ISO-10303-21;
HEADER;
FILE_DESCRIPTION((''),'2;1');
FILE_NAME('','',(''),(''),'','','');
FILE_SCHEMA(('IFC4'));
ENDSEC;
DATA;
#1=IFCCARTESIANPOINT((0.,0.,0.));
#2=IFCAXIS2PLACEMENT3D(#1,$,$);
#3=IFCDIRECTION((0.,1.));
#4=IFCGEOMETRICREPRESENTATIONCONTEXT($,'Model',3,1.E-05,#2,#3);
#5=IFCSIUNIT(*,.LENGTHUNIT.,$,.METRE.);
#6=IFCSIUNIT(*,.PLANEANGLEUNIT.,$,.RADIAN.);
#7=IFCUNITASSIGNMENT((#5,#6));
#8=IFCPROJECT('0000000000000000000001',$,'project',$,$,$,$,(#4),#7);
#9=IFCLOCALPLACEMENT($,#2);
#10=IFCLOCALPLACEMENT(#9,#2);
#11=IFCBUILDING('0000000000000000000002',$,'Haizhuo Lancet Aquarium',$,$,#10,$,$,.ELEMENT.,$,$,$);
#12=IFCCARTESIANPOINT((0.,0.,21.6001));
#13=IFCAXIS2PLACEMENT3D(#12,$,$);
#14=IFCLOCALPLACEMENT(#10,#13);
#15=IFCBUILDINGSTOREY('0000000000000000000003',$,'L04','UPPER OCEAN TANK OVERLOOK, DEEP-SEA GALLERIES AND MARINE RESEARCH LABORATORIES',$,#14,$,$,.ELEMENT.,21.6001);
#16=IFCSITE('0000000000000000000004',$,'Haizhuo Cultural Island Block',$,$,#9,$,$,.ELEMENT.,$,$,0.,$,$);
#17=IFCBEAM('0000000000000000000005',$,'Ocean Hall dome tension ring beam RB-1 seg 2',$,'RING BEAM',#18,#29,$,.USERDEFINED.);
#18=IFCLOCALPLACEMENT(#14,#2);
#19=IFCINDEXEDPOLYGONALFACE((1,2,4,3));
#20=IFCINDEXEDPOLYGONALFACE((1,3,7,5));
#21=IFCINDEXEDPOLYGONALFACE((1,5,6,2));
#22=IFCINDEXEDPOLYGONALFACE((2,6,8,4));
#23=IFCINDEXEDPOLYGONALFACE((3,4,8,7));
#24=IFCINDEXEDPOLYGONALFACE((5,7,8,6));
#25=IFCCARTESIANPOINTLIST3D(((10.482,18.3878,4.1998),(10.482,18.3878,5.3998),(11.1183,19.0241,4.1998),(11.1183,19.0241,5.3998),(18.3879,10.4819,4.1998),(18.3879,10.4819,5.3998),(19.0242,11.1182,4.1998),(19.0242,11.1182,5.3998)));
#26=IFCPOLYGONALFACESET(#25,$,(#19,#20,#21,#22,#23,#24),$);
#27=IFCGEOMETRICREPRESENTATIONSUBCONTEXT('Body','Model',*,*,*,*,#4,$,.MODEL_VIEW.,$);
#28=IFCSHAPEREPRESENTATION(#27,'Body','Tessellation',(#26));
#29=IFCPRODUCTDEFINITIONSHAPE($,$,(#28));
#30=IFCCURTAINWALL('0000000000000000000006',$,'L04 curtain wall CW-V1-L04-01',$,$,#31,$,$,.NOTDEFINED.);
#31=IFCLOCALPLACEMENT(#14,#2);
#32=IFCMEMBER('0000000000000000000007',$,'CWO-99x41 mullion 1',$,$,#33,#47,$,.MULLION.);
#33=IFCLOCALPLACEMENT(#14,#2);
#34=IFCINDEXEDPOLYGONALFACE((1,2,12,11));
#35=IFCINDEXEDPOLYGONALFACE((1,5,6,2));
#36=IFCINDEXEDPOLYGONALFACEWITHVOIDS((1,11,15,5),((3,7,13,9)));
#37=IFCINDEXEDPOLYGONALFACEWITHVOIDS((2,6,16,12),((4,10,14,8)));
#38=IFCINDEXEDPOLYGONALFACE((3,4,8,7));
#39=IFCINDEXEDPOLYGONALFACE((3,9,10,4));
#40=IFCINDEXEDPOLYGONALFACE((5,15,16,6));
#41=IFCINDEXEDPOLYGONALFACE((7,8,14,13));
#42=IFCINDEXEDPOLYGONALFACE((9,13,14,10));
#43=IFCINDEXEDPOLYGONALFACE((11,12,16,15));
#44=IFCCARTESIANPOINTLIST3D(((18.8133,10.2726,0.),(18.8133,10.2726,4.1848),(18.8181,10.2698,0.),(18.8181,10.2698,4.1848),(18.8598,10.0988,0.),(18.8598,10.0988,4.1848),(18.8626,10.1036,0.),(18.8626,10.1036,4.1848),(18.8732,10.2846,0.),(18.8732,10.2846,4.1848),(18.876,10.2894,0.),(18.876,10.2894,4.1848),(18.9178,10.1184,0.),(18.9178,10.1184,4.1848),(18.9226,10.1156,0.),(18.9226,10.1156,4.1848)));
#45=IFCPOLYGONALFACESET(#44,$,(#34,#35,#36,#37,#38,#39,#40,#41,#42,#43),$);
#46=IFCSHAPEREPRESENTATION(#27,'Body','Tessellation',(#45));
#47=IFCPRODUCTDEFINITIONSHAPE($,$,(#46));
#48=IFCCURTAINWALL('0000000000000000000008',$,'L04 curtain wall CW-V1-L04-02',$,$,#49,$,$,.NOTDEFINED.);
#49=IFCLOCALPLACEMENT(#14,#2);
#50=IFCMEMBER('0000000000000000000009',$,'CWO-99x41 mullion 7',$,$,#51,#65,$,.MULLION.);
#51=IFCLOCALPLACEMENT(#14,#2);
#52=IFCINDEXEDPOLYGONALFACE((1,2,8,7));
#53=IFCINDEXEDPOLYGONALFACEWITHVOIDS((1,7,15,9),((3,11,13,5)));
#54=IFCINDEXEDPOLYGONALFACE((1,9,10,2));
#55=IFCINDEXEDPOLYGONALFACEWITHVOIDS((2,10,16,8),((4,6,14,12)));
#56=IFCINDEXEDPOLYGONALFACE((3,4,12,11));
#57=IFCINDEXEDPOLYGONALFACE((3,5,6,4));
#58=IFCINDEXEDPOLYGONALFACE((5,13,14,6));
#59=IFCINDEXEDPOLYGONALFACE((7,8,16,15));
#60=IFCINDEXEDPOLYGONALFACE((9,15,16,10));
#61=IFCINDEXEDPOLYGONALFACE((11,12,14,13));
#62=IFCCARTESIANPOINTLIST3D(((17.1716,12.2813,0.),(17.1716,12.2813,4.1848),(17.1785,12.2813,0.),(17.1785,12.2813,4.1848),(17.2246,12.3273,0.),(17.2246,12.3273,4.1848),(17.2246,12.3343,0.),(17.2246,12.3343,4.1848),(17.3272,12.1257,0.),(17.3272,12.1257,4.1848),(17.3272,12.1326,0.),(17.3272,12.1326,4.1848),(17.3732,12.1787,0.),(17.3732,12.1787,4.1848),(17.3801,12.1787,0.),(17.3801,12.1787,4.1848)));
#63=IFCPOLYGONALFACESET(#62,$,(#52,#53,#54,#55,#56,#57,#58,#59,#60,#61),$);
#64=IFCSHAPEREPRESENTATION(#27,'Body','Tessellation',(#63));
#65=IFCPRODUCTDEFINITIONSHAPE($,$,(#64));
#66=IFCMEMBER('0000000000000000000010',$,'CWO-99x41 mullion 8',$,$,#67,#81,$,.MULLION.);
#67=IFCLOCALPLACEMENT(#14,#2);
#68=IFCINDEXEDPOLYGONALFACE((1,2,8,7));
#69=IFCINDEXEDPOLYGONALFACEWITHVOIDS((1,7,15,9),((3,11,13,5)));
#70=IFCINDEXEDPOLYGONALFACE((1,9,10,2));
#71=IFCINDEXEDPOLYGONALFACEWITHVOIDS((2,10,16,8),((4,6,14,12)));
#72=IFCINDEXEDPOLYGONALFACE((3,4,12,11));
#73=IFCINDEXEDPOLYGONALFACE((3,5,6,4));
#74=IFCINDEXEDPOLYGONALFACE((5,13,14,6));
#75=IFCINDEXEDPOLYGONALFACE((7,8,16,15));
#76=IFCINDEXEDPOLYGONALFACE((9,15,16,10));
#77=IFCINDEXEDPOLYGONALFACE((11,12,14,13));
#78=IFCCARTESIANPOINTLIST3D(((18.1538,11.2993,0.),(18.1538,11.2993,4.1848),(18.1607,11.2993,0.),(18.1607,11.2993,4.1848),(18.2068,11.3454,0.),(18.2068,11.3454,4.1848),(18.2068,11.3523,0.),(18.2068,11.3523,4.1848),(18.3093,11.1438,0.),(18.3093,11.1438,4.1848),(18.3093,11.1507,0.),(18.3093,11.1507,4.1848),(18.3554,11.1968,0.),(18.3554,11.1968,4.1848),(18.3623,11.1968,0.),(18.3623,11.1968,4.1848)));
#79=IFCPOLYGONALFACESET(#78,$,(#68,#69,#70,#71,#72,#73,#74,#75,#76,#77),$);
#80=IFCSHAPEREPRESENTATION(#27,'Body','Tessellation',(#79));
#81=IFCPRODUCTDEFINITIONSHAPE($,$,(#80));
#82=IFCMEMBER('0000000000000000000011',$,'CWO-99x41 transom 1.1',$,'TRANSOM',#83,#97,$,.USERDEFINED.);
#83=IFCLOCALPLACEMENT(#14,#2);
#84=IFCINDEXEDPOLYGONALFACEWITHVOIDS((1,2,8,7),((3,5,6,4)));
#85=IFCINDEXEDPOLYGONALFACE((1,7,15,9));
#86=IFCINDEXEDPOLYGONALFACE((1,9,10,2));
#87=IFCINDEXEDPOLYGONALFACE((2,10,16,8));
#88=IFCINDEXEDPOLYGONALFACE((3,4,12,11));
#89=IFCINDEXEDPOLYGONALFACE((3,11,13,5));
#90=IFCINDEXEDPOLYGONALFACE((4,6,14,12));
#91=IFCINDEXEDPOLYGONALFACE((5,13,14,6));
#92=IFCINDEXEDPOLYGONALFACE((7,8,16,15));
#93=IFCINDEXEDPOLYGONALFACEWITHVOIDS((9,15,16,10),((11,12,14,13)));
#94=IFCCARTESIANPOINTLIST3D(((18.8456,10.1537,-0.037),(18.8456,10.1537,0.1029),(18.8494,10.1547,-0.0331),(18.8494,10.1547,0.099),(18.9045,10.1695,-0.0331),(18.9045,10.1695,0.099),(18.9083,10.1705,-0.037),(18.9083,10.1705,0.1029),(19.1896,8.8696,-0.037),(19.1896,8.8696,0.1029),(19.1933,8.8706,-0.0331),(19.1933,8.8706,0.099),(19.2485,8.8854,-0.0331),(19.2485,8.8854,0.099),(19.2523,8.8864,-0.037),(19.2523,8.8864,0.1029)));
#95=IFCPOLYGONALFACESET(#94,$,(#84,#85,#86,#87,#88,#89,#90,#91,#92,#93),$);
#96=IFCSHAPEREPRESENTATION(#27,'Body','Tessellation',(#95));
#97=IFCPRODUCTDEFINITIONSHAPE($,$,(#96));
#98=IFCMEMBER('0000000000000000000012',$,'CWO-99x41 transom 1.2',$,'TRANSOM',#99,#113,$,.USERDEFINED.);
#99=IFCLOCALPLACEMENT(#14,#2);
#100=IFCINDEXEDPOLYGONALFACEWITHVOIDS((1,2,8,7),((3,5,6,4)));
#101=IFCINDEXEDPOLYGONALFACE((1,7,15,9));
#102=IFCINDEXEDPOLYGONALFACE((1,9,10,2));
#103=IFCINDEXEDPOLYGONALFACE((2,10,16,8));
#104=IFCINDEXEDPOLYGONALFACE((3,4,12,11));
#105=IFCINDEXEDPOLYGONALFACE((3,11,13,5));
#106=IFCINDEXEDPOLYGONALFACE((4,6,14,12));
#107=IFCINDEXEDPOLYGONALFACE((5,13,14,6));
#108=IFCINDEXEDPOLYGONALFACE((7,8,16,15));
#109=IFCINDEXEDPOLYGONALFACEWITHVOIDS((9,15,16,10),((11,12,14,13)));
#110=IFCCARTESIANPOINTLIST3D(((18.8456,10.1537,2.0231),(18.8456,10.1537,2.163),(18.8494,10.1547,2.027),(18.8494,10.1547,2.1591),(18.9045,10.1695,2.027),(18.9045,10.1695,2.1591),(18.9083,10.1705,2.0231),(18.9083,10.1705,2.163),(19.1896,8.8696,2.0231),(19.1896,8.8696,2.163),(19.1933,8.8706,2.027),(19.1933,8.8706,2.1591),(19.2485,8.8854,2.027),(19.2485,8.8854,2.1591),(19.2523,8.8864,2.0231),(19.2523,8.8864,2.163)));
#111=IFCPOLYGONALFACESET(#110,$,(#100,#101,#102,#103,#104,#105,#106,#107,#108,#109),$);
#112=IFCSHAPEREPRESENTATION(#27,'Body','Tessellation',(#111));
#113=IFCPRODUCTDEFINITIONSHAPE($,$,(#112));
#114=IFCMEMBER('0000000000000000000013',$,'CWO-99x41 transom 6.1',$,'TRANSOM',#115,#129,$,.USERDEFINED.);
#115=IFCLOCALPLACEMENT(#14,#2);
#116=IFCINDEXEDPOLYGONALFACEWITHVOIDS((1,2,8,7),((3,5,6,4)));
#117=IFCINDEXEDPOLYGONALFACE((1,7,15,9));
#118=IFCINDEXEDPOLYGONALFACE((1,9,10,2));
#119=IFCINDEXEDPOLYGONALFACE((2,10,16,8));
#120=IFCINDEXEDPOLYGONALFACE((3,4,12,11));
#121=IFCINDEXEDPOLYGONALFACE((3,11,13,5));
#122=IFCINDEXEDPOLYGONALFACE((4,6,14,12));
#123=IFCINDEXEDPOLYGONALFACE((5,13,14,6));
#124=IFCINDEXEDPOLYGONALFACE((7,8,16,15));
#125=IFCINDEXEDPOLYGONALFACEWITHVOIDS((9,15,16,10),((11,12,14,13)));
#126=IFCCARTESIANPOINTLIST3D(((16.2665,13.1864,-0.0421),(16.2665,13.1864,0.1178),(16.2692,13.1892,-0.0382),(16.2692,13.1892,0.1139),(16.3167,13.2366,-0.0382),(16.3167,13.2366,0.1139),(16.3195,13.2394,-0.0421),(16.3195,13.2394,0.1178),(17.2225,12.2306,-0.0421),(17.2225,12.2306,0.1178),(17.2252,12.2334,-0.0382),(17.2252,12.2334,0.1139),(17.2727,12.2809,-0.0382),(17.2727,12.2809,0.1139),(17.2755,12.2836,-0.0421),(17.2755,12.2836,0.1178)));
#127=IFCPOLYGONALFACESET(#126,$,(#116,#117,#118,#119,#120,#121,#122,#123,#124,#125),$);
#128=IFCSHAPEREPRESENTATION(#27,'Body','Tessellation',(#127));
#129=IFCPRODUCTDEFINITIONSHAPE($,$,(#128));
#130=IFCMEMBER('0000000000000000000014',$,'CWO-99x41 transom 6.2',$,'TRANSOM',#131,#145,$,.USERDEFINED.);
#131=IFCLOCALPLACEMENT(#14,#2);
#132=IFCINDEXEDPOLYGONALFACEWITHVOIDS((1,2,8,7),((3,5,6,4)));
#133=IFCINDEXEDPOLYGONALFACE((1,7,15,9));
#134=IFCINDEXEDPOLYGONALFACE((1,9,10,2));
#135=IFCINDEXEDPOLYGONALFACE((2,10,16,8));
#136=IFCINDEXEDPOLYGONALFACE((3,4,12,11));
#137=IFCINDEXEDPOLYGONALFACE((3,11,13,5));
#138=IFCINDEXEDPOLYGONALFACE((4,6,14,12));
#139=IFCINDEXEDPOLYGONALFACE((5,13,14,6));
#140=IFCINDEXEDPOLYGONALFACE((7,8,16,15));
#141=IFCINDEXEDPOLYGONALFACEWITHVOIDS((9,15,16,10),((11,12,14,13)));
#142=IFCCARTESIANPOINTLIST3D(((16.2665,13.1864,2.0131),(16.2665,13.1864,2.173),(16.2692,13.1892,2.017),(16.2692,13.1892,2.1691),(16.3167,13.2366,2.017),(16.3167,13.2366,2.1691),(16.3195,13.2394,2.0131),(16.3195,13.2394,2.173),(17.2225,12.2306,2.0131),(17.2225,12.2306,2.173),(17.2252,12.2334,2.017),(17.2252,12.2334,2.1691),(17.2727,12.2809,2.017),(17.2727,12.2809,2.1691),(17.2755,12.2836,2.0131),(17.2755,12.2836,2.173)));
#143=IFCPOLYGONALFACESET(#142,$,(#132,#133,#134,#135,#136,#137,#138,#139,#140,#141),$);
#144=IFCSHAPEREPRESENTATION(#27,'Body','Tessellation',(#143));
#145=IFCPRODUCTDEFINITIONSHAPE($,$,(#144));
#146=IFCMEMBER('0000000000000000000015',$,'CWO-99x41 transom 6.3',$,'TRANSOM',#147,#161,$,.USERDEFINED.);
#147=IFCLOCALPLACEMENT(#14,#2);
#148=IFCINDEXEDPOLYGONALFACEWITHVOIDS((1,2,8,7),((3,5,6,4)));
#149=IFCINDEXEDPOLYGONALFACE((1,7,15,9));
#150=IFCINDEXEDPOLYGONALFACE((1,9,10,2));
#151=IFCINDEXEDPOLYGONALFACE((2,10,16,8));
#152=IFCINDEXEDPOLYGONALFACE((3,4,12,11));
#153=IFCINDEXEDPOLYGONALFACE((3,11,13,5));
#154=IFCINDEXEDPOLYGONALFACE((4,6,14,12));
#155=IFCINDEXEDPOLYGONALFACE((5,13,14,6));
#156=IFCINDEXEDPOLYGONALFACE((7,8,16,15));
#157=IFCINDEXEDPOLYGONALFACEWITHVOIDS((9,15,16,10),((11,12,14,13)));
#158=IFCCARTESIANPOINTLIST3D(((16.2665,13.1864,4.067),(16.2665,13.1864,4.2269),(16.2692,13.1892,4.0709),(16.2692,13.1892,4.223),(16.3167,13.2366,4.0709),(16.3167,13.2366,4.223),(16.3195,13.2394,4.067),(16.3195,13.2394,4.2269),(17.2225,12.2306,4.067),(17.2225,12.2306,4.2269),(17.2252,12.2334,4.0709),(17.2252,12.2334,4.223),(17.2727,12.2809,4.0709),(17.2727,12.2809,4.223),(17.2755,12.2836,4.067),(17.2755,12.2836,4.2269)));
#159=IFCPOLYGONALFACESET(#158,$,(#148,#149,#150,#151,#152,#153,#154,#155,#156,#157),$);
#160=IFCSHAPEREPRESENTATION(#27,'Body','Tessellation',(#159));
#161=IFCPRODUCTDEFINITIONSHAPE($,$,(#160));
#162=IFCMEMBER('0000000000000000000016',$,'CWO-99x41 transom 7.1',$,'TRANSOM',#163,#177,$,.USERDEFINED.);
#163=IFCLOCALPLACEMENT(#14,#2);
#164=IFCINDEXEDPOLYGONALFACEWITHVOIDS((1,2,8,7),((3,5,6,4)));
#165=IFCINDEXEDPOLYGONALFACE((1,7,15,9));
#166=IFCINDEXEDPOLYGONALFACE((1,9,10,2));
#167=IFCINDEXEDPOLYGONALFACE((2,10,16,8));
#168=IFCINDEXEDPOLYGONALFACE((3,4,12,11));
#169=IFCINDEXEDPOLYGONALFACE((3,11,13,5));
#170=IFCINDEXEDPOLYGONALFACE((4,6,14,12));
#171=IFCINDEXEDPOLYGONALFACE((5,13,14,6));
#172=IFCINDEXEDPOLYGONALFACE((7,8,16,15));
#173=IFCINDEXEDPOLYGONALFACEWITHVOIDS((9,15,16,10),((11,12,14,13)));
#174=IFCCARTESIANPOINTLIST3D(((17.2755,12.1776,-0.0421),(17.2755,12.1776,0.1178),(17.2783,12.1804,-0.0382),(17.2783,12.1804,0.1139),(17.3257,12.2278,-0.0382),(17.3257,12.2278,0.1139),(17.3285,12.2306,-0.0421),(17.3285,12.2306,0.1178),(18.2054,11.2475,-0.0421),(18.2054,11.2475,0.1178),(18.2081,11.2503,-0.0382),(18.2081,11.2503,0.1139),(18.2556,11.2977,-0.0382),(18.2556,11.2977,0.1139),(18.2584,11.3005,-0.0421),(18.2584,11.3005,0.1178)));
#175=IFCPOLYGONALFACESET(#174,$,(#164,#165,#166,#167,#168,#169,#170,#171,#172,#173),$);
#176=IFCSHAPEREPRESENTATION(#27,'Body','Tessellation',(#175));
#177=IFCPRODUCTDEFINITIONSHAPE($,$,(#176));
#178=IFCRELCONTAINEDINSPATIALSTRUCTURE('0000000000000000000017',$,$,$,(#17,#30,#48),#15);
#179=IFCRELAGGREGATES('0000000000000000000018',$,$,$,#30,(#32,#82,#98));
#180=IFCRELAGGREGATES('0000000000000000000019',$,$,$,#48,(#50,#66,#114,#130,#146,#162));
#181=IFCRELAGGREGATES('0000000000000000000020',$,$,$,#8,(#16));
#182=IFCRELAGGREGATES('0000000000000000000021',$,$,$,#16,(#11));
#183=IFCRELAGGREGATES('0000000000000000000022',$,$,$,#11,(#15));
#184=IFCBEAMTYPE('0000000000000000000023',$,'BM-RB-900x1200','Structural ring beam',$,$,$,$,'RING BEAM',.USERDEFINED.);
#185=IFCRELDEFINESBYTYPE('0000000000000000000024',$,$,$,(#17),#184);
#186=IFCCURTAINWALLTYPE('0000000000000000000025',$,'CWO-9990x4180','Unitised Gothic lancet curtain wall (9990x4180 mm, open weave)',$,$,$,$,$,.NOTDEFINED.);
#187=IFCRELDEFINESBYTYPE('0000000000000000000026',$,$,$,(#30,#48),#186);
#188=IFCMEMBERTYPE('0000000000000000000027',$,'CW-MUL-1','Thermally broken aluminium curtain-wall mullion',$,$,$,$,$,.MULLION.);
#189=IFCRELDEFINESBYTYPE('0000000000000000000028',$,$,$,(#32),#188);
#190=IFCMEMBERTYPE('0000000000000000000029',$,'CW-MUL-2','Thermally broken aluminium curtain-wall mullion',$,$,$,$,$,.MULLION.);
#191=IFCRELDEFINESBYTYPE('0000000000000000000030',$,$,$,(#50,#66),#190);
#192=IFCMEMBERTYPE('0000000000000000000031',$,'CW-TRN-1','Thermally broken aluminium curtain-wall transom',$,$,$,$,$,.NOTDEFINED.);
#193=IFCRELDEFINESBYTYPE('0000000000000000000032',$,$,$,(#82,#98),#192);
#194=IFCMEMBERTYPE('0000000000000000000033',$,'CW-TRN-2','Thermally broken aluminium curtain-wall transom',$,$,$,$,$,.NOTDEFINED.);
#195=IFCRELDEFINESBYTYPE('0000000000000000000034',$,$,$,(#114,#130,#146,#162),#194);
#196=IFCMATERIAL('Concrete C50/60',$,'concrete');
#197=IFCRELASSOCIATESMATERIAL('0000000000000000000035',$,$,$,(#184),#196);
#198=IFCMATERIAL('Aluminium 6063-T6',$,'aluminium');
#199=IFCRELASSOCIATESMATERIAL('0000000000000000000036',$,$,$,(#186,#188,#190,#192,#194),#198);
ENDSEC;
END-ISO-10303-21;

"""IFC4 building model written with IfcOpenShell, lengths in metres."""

from ifc_helpers import new_model, si_unit, direction, frame, origin, origin_2d, place, context, subcontext, project, spatial, rectangle, hollow_rectangle, extrude, material, material_profile, profile_set, type_object, element, aggregate, save


model = new_model("IFC4")

# Units and contexts
model_context = context("Model", 3, precision=1e-05, world=origin(), true_north=direction((0.0, 1.0)))
body_context = subcontext(model_context, "Body", "Model", "MODEL_VIEW")
ifc_project = project(units=[si_unit("LENGTHUNIT", "METRE"), si_unit("PLANEANGLEUNIT", "RADIAN")], contexts=[model_context])

# Site, building, storey
site_placement = place(None, origin())
site = spatial("IfcSite", under=ifc_project, at=site_placement, Name="Haizhuo Cultural Island Block", CompositionType="ELEMENT", RefElevation=0.0)
building_placement = place(site_placement, origin())
building = spatial("IfcBuilding", under=site, at=building_placement, Name="Haizhuo Lancet Aquarium", CompositionType="ELEMENT")
storey_placement = place(building_placement, frame((0.0, 0.0, 21.6001)))
storey = spatial("IfcBuildingStorey", under=building, at=storey_placement, Name="L04", Description="UPPER OCEAN TANK OVERLOOK, DEEP-SEA GALLERIES AND MARINE RESEARCH LABORATORIES", CompositionType="ELEMENT", Elevation=21.6001)

# Shared definitions
ifc_material_1 = material(Name="Concrete C50/60", Category="concrete")

# Beam
ifc_material_profile_1 = material_profile(ifc_material_1, rectangle(XDim=0.8999, YDim=1.2, at=origin_2d()), Name="RC-RB 900x1200")
ifc_profile_set_1 = profile_set([ifc_material_profile_1], Name="Concrete C50/60")
beam_type = type_object("IfcBeamType", Name="BM-RB-900x1200", Description="Structural ring beam", ElementType="RING BEAM", PredefinedType="USERDEFINED", material=ifc_profile_set_1)
beam_placement = place(storey_placement, frame((18.7061, 10.8, 4.7998), z_axis=(-0.707107, 0.707107, 0.0), x_axis=(-0.707107, -0.707107, 0.0)))
element("IfcBeam", 1, at=beam_placement, inside=storey, type_object=beam_type, Name="Ocean Hall dome tension ring beam RB-1 seg 2", ObjectType="RING BEAM", PredefinedType="USERDEFINED", context=body_context, shape_type="SweptSolid", body=[
    extrude(rectangle(XDim=0.8999, YDim=1.2, at=origin_2d()), origin(), (0.0, 0.0, 1.0), 11.1807),
])

# Curtain wall, member
ifc_material_2 = material(Name="Aluminium 6063-T6", Category="aluminium")
curtain_wall_type = type_object("IfcCurtainWallType", Name="CWO-9990x4180", Description="Unitised Gothic lancet curtain wall (9990x4180 mm, open weave)", PredefinedType="NOTDEFINED", material=ifc_material_2)
curtain_wall_1_placement = place(storey_placement, origin())
curtain_wall_1 = element("IfcCurtainWall", 2, at=curtain_wall_1_placement, inside=storey, type_object=curtain_wall_type, Name="L04 curtain wall CW-V1-L04-01", PredefinedType="NOTDEFINED")
ifc_material_profile_2 = material_profile(ifc_material_2, hollow_rectangle(XDim=0.0649, YDim=0.1799, WallThickness=0.0039, at=origin_2d()), Name="ALU-M 65x180x4")
ifc_profile_set_2 = profile_set([ifc_material_profile_2], Name="Aluminium 6063-T6")
member_type_1 = type_object("IfcMemberType", Name="CW-MUL-1", Description="Thermally broken aluminium curtain-wall mullion", PredefinedType="MULLION", material=ifc_profile_set_2)
member_1_placement = place(storey_placement, frame((18.8679, 10.1941, 0.0), z_axis=(0.0, 0.0, 1.0), x_axis=(0.965917, 0.258853, 0.0)))
member_1 = element("IfcMember", 3, at=member_1_placement, type_object=member_type_1, Name="CWO-99x41 mullion 1", PredefinedType="MULLION", context=body_context, shape_type="SweptSolid", body=[
    extrude(hollow_rectangle(XDim=0.0649, YDim=0.1799, WallThickness=0.0039, at=origin_2d()), origin(), (0.0, 0.0, 1.0), 4.1848),
])

# Curtain wall, members
curtain_wall_2_placement = place(storey_placement, origin())
curtain_wall_2 = element("IfcCurtainWall", 4, at=curtain_wall_2_placement, inside=storey, type_object=curtain_wall_type, Name="L04 curtain wall CW-V1-L04-02", PredefinedType="NOTDEFINED")
ifc_material_profile_3 = material_profile(ifc_material_2, hollow_rectangle(XDim=0.075, YDim=0.22, WallThickness=0.0049, at=origin_2d()), Name="ALU-M 75x220x5")
ifc_profile_set_3 = profile_set([ifc_material_profile_3], Name="Aluminium 6063-T6")
member_type_2 = type_object("IfcMemberType", Name="CW-MUL-2", Description="Thermally broken aluminium curtain-wall mullion", PredefinedType="MULLION", material=ifc_profile_set_3)
member_2_placement = place(storey_placement, frame((17.2759, 12.23, 0.0), z_axis=(0.0, 0.0, 1.0), x_axis=(0.707107, 0.707107, 0.0)))
member_2 = element("IfcMember", 5, at=member_2_placement, type_object=member_type_2, Name="CWO-99x41 mullion 7", PredefinedType="MULLION", context=body_context, shape_type="SweptSolid", body=[
    extrude(hollow_rectangle(XDim=0.075, YDim=0.22, WallThickness=0.0049, at=origin_2d()), origin(), (0.0, 0.0, 1.0), 4.1848),
])
member_3_placement = place(storey_placement, frame((18.2581, 11.248, 0.0), z_axis=(0.0, 0.0, 1.0), x_axis=(0.707107, 0.707107, 0.0)))
member_3 = element("IfcMember", 6, at=member_3_placement, type_object=member_type_2, Name="CWO-99x41 mullion 8", PredefinedType="MULLION", context=body_context, shape_type="SweptSolid", body=[
    extrude(hollow_rectangle(XDim=0.075, YDim=0.22, WallThickness=0.0049, at=origin_2d()), origin(), (0.0, 0.0, 1.0), 4.1848),
])

# Members
ifc_material_profile_4 = material_profile(ifc_material_2, hollow_rectangle(XDim=0.0649, YDim=0.1399, WallThickness=0.0039, at=origin_2d()), Name="ALU-T 65x140x4")
ifc_profile_set_4 = profile_set([ifc_material_profile_4], Name="Aluminium 6063-T6")
member_type_3 = type_object("IfcMemberType", Name="CW-TRN-1", Description="Thermally broken aluminium curtain-wall transom", PredefinedType="NOTDEFINED", material=ifc_profile_set_4)
member_4_placement = place(storey_placement, frame((18.877, 10.1621, 0.033), z_axis=(0.258748, -0.965945, 0.0), x_axis=(0.965945, 0.258748, 0.0)))
member_4 = element("IfcMember", 7, at=member_4_placement, type_object=member_type_3, Name="CWO-99x41 transom 1.1", ObjectType="TRANSOM", PredefinedType="USERDEFINED", context=body_context, shape_type="SweptSolid", body=[
    extrude(hollow_rectangle(XDim=0.0649, YDim=0.1399, WallThickness=0.0039, at=origin_2d()), origin(), (0.0, 0.0, 1.0), 1.3293),
])
member_5_placement = place(storey_placement, frame((18.877, 10.1621, 2.093), z_axis=(0.258748, -0.965945, 0.0), x_axis=(0.965945, 0.258748, 0.0)))
member_5 = element("IfcMember", 8, at=member_5_placement, type_object=member_type_3, Name="CWO-99x41 transom 1.2", ObjectType="TRANSOM", PredefinedType="USERDEFINED", context=body_context, shape_type="SweptSolid", body=[
    extrude(hollow_rectangle(XDim=0.0649, YDim=0.1399, WallThickness=0.0039, at=origin_2d()), origin(), (0.0, 0.0, 1.0), 1.3293),
])
aggregate(curtain_wall_1, [member_1, member_4, member_5])
ifc_material_profile_5 = material_profile(ifc_material_2, hollow_rectangle(XDim=0.075, YDim=0.1599, WallThickness=0.0039, at=origin_2d()), Name="ALU-T 75x160x4")
ifc_profile_set_5 = profile_set([ifc_material_profile_5], Name="Aluminium 6063-T6")
member_type_4 = type_object("IfcMemberType", Name="CW-TRN-2", Description="Thermally broken aluminium curtain-wall transom", PredefinedType="NOTDEFINED", material=ifc_profile_set_5)
member_6_placement = place(storey_placement, frame((16.293, 13.2129, 0.0378), z_axis=(0.707197, -0.707016, 0.0), x_axis=(0.707016, 0.707197, 0.0)))
member_6 = element("IfcMember", 9, at=member_6_placement, type_object=member_type_4, Name="CWO-99x41 transom 6.1", ObjectType="TRANSOM", PredefinedType="USERDEFINED", context=body_context, shape_type="SweptSolid", body=[
    extrude(hollow_rectangle(XDim=0.075, YDim=0.1599, WallThickness=0.0039, at=origin_2d()), origin(), (0.0, 0.0, 1.0), 1.3518),
])
member_7_placement = place(storey_placement, frame((16.293, 13.2129, 2.093), z_axis=(0.707197, -0.707016, 0.0), x_axis=(0.707016, 0.707197, 0.0)))
member_7 = element("IfcMember", 10, at=member_7_placement, type_object=member_type_4, Name="CWO-99x41 transom 6.2", ObjectType="TRANSOM", PredefinedType="USERDEFINED", context=body_context, shape_type="SweptSolid", body=[
    extrude(hollow_rectangle(XDim=0.075, YDim=0.1599, WallThickness=0.0039, at=origin_2d()), origin(), (0.0, 0.0, 1.0), 1.3518),
])
member_8_placement = place(storey_placement, frame((16.293, 13.2129, 4.147), z_axis=(0.707197, -0.707016, 0.0), x_axis=(0.707016, 0.707197, 0.0)))
member_8 = element("IfcMember", 11, at=member_8_placement, type_object=member_type_4, Name="CWO-99x41 transom 6.3", ObjectType="TRANSOM", PredefinedType="USERDEFINED", context=body_context, shape_type="SweptSolid", body=[
    extrude(hollow_rectangle(XDim=0.075, YDim=0.1599, WallThickness=0.0039, at=origin_2d()), origin(), (0.0, 0.0, 1.0), 1.3518),
])
member_9_placement = place(storey_placement, frame((17.302, 12.2041, 0.0378), z_axis=(0.707014, -0.7072, 0.0), x_axis=(0.7072, 0.707014, 0.0)))
member_9 = element("IfcMember", 12, at=member_9_placement, type_object=member_type_4, Name="CWO-99x41 transom 7.1", ObjectType="TRANSOM", PredefinedType="USERDEFINED", context=body_context, shape_type="SweptSolid", body=[
    extrude(hollow_rectangle(XDim=0.075, YDim=0.1599, WallThickness=0.0039, at=origin_2d()), origin(), (0.0, 0.0, 1.0), 1.3152),
])

aggregate(curtain_wall_2, [member_2, member_3, member_6, member_7, member_8, member_9])

save(model, "model.ifc")
